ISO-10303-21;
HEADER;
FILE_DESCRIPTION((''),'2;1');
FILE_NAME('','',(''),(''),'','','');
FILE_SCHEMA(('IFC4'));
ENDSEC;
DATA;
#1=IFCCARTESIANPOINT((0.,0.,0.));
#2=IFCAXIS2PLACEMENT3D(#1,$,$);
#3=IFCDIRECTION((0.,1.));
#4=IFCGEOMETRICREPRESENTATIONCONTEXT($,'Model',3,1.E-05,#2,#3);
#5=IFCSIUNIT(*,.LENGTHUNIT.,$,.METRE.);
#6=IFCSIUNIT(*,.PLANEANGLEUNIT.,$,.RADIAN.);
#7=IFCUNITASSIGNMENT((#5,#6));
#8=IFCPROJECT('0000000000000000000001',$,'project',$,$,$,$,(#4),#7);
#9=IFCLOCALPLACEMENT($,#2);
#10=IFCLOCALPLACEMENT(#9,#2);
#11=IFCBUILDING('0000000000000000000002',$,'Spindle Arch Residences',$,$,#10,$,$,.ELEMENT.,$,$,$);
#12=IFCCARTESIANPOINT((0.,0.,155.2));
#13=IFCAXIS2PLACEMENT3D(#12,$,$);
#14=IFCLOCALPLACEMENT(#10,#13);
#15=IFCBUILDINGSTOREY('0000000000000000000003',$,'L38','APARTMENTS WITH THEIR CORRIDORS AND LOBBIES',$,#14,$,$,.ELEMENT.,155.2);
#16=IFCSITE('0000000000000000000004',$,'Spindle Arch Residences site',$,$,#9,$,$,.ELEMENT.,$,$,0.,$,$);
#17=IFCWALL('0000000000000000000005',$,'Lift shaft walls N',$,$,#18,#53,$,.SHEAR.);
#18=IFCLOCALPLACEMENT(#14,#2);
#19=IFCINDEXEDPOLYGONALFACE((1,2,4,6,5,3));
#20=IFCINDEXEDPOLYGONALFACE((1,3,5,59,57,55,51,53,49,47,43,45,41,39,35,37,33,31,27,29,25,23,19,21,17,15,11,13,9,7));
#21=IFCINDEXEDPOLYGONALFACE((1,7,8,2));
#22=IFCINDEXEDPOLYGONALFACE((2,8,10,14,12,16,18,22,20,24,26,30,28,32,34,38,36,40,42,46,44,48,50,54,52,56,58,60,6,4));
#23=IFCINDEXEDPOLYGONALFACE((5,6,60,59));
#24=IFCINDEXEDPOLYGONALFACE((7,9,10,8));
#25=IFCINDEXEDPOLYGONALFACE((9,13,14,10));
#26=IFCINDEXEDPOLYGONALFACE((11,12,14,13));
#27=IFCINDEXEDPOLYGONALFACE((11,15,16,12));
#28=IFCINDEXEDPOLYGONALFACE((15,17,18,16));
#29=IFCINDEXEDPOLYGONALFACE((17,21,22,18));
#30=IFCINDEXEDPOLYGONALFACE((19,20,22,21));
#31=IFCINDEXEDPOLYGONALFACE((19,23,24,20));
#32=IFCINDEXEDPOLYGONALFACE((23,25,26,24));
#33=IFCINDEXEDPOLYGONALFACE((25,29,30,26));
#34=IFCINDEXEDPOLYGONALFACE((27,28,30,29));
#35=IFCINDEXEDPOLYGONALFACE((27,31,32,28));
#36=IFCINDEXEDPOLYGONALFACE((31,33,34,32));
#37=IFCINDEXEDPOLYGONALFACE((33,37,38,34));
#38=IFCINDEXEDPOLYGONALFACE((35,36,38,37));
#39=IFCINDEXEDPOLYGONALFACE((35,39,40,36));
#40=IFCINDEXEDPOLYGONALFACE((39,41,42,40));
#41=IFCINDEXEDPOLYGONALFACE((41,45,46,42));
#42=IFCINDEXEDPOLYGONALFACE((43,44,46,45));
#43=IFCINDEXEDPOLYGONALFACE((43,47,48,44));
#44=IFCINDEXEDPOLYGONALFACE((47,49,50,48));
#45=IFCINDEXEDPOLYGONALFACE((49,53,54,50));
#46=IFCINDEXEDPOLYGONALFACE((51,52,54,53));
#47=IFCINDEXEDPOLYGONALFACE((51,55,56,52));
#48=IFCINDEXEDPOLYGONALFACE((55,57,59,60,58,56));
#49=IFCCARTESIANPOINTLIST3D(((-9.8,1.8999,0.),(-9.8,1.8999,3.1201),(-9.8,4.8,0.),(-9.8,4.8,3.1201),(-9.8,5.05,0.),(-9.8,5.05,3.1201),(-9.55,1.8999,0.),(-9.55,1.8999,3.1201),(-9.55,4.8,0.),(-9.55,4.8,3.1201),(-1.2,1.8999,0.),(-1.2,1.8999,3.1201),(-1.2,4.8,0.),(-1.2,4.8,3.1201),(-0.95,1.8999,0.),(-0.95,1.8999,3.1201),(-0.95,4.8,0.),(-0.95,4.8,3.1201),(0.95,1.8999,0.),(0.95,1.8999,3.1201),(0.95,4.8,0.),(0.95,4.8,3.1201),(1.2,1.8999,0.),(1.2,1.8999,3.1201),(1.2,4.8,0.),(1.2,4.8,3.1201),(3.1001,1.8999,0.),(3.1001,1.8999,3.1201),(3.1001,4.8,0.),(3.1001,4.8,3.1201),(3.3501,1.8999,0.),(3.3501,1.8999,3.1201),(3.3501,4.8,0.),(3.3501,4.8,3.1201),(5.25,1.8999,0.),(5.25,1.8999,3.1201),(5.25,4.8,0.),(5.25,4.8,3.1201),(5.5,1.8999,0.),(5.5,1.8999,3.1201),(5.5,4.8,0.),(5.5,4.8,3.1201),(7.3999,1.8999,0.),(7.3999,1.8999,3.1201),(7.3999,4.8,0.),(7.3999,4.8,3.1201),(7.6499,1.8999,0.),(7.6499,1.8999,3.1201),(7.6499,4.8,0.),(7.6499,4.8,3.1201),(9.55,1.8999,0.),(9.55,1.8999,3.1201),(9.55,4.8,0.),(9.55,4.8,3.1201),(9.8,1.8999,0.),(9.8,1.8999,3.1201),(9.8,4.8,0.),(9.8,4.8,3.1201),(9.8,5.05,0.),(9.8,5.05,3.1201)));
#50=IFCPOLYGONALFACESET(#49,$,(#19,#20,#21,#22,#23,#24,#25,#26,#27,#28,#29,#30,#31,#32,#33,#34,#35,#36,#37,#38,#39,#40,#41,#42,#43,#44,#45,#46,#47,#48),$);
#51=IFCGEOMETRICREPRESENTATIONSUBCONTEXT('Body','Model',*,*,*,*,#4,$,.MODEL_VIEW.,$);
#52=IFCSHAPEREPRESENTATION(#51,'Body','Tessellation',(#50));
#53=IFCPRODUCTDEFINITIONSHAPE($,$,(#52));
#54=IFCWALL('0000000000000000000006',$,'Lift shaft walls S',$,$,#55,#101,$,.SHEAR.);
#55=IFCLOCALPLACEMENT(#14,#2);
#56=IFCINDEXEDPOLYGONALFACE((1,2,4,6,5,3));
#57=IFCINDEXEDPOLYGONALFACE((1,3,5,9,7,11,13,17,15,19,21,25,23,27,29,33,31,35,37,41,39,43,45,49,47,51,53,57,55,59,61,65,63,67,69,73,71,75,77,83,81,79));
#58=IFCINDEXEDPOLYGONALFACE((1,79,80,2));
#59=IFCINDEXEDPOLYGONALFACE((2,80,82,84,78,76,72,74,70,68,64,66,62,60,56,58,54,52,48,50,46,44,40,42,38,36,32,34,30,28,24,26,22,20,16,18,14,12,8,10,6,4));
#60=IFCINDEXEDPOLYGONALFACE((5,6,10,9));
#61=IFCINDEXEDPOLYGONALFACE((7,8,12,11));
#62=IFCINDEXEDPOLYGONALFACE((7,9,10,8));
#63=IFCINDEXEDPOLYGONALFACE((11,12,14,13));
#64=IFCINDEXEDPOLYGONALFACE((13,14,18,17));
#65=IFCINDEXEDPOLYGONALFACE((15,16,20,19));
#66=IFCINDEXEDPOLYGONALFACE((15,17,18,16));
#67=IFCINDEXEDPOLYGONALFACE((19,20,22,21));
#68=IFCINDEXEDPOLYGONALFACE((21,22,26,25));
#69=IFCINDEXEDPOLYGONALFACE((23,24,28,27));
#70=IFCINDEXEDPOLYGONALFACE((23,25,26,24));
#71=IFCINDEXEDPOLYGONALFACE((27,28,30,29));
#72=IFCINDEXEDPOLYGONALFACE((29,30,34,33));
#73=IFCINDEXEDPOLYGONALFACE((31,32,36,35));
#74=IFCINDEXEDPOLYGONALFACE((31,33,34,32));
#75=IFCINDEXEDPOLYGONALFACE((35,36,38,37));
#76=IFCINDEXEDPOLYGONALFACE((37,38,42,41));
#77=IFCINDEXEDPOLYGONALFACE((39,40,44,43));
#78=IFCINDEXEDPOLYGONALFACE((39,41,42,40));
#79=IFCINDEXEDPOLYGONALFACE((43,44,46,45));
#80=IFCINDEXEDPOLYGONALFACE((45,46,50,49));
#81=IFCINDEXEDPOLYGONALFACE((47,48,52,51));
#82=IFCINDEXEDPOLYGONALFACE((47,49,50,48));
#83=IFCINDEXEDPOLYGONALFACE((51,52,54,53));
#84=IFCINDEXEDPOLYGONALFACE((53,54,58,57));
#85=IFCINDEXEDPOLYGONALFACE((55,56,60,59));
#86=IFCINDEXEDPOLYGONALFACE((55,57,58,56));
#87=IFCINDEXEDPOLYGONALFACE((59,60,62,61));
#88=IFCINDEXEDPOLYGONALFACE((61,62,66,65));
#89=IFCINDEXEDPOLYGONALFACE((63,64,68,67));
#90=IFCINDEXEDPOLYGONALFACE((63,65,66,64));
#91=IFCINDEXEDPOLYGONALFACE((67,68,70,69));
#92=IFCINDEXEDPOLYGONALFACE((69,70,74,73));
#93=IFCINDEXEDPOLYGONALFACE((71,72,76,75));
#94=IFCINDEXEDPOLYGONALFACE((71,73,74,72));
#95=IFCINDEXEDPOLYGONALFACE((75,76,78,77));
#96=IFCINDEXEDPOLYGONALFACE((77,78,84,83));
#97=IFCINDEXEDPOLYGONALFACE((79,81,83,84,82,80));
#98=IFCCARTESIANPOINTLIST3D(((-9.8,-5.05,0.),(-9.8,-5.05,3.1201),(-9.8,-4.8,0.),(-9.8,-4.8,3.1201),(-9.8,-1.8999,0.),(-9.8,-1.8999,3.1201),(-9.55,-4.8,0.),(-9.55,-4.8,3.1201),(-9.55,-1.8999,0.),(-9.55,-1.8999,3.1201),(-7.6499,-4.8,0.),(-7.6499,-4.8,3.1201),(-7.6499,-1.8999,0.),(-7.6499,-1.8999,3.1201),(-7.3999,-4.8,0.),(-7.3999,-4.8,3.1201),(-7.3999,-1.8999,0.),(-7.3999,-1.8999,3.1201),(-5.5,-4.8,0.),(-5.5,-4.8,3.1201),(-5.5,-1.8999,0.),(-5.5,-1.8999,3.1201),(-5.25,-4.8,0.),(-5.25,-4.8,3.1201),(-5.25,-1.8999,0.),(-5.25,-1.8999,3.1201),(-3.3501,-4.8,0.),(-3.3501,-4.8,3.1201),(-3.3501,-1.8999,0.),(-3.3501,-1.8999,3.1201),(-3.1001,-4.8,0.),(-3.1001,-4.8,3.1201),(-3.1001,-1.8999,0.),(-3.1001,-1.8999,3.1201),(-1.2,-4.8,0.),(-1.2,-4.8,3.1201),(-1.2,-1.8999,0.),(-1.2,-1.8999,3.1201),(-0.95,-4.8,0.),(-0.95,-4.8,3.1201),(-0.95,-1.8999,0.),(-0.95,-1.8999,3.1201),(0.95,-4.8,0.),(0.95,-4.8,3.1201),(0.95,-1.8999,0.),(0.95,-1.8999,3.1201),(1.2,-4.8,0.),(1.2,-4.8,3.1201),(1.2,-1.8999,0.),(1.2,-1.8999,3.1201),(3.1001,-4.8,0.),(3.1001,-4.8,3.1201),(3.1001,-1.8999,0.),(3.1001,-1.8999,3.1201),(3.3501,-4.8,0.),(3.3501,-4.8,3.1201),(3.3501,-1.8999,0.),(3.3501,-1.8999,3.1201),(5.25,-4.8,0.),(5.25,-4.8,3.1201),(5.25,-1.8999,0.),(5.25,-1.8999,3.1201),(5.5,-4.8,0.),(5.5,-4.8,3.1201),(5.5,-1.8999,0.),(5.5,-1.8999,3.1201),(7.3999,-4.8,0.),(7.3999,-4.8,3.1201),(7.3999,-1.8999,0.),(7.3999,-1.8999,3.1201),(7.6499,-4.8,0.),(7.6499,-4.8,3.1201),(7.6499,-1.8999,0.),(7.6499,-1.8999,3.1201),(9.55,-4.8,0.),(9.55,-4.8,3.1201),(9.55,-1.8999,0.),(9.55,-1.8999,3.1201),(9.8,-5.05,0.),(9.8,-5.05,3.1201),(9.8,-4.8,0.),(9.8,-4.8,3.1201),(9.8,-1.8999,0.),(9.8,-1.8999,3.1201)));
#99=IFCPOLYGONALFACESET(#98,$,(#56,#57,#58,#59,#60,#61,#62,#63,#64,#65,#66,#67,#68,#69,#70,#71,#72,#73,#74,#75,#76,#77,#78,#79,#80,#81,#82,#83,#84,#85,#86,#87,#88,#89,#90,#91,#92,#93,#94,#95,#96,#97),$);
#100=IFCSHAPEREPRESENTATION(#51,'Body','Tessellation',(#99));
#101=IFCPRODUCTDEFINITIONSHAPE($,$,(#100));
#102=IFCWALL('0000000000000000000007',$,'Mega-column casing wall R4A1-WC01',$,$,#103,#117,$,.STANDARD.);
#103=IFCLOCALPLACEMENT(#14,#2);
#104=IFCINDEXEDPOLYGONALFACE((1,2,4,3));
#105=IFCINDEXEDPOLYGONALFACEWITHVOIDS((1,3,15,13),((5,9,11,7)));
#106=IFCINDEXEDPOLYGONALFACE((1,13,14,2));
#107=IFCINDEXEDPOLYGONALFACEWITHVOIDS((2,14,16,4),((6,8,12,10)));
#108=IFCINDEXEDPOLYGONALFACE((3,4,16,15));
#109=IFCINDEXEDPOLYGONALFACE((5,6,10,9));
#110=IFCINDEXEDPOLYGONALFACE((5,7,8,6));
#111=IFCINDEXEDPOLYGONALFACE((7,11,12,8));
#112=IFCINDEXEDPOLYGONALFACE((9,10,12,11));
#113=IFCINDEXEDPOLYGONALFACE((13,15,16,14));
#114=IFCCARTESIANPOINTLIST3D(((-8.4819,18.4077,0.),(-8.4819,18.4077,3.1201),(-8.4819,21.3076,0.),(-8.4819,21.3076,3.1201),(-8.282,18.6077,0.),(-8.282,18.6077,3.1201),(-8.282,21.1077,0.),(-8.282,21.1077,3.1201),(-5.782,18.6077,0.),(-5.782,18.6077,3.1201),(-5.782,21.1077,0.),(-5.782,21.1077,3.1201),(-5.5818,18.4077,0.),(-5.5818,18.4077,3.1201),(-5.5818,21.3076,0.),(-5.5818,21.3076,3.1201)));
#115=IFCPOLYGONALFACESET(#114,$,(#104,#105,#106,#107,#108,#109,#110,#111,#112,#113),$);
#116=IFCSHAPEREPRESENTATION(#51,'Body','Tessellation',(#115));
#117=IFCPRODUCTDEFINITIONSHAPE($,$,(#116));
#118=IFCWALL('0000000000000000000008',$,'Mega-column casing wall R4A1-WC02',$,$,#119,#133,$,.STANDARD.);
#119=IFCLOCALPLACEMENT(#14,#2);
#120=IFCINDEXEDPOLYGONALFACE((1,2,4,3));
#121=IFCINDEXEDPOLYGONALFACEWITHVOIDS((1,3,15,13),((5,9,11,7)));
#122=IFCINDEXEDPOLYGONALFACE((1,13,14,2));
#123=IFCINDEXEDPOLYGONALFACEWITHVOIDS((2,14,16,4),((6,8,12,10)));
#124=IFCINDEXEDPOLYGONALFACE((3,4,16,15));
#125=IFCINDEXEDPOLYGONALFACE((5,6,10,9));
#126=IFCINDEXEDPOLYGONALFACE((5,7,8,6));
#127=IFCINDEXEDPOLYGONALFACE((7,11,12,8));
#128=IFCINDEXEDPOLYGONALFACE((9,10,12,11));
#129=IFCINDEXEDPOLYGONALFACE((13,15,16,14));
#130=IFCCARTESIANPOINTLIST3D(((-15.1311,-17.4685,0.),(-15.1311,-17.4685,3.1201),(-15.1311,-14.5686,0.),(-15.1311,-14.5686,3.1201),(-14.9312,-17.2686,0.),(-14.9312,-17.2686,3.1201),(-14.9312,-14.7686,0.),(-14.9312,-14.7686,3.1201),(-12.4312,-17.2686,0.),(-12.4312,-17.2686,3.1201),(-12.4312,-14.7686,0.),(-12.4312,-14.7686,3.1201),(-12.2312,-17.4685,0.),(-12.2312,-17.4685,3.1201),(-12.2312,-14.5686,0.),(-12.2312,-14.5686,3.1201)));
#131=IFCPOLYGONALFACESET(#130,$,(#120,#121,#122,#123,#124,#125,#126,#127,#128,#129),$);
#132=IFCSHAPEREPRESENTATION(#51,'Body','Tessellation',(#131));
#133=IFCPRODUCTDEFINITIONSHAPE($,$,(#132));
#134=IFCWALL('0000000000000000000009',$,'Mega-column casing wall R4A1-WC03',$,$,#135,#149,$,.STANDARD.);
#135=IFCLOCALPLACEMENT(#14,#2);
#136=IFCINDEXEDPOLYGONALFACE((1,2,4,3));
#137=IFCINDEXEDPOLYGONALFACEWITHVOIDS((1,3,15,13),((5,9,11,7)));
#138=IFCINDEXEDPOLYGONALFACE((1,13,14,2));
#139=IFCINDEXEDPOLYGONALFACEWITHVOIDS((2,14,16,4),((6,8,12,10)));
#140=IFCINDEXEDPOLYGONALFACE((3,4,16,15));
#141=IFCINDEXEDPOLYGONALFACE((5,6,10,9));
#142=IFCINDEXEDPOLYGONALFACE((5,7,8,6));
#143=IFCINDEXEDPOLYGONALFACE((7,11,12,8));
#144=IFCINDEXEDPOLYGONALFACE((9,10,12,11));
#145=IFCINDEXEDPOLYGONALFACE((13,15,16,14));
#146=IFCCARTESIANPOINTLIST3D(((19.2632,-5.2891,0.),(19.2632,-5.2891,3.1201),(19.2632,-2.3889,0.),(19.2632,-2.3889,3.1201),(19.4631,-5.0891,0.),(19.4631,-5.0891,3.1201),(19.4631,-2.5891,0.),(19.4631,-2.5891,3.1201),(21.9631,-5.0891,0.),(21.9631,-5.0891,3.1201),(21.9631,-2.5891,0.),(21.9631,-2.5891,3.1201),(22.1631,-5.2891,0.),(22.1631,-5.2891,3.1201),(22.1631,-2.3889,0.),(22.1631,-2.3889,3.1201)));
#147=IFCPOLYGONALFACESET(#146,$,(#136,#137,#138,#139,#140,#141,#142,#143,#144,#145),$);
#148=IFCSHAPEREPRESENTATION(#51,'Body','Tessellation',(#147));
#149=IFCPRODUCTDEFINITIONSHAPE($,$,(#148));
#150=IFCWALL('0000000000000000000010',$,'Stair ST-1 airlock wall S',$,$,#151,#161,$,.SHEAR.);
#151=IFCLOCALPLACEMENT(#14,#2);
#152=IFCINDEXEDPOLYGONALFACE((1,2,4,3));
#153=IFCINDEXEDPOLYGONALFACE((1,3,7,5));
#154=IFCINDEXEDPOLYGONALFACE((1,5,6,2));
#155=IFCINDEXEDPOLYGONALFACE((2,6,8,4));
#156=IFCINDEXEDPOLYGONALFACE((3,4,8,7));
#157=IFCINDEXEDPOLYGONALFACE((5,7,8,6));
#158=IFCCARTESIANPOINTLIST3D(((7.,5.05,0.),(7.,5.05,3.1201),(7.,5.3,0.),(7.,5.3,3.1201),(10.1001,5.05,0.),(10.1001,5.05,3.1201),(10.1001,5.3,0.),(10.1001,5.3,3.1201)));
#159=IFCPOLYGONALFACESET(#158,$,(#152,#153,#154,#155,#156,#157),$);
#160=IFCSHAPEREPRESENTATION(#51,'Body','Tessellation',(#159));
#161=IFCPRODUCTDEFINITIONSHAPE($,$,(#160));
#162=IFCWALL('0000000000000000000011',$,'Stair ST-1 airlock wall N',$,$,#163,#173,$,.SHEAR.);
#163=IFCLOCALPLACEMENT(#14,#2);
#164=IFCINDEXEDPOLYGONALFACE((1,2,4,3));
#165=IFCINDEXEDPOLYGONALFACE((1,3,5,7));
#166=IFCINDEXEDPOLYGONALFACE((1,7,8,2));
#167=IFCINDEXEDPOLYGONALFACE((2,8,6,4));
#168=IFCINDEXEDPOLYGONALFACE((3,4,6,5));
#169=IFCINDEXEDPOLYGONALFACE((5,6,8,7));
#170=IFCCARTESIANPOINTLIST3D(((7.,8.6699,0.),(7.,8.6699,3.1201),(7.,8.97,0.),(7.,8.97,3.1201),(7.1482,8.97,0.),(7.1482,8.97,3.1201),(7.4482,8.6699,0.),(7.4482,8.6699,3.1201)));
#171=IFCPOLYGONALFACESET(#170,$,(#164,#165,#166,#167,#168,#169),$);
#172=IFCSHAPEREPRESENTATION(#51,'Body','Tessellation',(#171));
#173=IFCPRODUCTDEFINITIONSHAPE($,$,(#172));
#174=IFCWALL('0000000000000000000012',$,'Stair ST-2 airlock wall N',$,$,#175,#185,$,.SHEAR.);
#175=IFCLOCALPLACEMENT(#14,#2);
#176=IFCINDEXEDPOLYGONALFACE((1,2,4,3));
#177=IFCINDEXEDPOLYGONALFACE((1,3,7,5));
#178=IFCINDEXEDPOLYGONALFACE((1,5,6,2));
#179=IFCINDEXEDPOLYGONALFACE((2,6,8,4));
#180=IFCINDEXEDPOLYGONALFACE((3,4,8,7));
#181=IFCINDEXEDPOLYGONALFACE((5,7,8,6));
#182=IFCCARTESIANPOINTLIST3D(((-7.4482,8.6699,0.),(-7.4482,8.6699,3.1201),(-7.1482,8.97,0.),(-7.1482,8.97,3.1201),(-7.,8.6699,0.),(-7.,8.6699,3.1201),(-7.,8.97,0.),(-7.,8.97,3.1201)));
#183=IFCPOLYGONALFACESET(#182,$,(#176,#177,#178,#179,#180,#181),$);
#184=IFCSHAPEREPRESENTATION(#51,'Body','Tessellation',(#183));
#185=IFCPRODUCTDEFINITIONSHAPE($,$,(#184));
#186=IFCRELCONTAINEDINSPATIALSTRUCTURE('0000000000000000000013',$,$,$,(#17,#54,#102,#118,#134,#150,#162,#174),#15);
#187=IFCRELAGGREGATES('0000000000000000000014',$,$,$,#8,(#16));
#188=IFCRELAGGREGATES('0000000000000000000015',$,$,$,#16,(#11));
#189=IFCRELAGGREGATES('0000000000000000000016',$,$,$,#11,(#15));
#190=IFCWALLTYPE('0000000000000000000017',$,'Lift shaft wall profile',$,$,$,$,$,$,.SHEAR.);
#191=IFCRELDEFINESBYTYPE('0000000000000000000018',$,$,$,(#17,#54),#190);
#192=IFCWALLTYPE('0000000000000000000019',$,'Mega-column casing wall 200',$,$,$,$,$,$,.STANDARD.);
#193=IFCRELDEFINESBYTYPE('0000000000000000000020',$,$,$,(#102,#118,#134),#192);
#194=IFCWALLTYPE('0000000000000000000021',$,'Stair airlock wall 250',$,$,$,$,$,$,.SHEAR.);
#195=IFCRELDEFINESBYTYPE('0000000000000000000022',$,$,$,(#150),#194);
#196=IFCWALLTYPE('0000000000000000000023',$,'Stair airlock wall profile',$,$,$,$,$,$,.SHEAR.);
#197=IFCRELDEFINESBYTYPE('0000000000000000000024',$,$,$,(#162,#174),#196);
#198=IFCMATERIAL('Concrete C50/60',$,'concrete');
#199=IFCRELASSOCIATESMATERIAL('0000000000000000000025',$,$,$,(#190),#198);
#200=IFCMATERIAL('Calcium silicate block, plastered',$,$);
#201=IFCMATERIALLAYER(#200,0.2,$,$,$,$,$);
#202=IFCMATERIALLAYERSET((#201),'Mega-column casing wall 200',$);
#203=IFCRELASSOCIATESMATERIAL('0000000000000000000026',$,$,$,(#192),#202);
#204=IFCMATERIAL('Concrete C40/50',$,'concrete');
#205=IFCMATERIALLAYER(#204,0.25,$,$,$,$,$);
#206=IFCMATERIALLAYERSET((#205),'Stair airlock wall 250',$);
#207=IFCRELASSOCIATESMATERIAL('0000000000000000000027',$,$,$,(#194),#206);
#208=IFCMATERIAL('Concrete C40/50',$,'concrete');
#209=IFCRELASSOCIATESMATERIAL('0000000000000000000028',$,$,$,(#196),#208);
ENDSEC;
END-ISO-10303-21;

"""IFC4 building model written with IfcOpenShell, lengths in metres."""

from ifc_helpers import new_model, si_unit, direction, frame, frame_2d, origin, place, context, subcontext, project, spatial, polyline, rectangle, outline, extrude, material, layer, layer_set, type_object, element, save


model = new_model("IFC4")

# Units and contexts
model_context = context("Model", 3, precision=1e-05, world=origin(), true_north=direction((0.0, 1.0)))
body_context = subcontext(model_context, "Body", "Model", "MODEL_VIEW")
ifc_project = project(units=[si_unit("LENGTHUNIT", "METRE"), si_unit("PLANEANGLEUNIT", "RADIAN")], contexts=[model_context])

# Site, building, storey
site_placement = place(None, origin())
site = spatial("IfcSite", under=ifc_project, at=site_placement, Name="Spindle Arch Residences site", CompositionType="ELEMENT", RefElevation=0.0)
building_placement = place(site_placement, origin())
building = spatial("IfcBuilding", under=site, at=building_placement, Name="Spindle Arch Residences", CompositionType="ELEMENT")
storey_placement = place(building_placement, frame((0.0, 0.0, 155.2)))
storey = spatial("IfcBuildingStorey", under=building, at=storey_placement, Name="L38", Description="APARTMENTS WITH THEIR CORRIDORS AND LOBBIES", CompositionType="ELEMENT", Elevation=155.2)

# Walls
ifc_material_1 = material(Name="Concrete C50/60", Category="concrete")
wall_type_1 = type_object("IfcWallType", Name="Lift shaft wall profile", PredefinedType="SHEAR", material=ifc_material_1)
wall_1_placement = place(storey_placement, origin())
element("IfcWall", 1, at=wall_1_placement, inside=storey, type_object=wall_type_1, Name="Lift shaft walls N", PredefinedType="SHEAR", context=body_context, shape_type="SweptSolid", body=[
    extrude(outline(polyline([(-9.55, 4.8), (-1.2, 4.8), (-1.2, 1.8999), (-0.95, 1.8999), (-0.95, 4.8), (0.95, 4.8), (0.95, 1.8999), (1.2, 1.8999), (1.2, 4.8), (3.1001, 4.8), (3.1001, 1.8999), (3.3501, 1.8999), (3.3501, 4.8), (5.25, 4.8), (5.25, 1.8999), (5.5, 1.8999), (5.5, 4.8), (7.3999, 4.8), (7.3999, 1.8999), (7.6499, 1.8999), (7.6499, 4.8), (9.55, 4.8), (9.55, 1.8999), (9.8, 1.8999), (9.8, 4.8), (9.8, 5.05), (-9.8, 5.05), (-9.8, 4.8), (-9.8, 1.8999), (-9.55, 1.8999), (-9.55, 4.8)])), origin(), (0.0, 0.0, 1.0), 3.1201),
])
wall_2_placement = place(storey_placement, origin())
element("IfcWall", 2, at=wall_2_placement, inside=storey, type_object=wall_type_1, Name="Lift shaft walls S", PredefinedType="SHEAR", context=body_context, shape_type="SweptSolid", body=[
    extrude(outline(polyline([(9.8, -5.05), (9.8, -4.8), (9.8, -1.8999), (9.55, -1.8999), (9.55, -4.8), (7.6499, -4.8), (7.6499, -1.8999), (7.3999, -1.8999), (7.3999, -4.8), (5.5, -4.8), (5.5, -1.8999), (5.25, -1.8999), (5.25, -4.8), (3.3501, -4.8), (3.3501, -1.8999), (3.1001, -1.8999), (3.1001, -4.8), (1.2, -4.8), (1.2, -1.8999), (0.95, -1.8999), (0.95, -4.8), (-0.95, -4.8), (-0.95, -1.8999), (-1.2, -1.8999), (-1.2, -4.8), (-3.1001, -4.8), (-3.1001, -1.8999), (-3.3501, -1.8999), (-3.3501, -4.8), (-5.25, -4.8), (-5.25, -1.8999), (-5.5, -1.8999), (-5.5, -4.8), (-7.3999, -4.8), (-7.3999, -1.8999), (-7.6499, -1.8999), (-7.6499, -4.8), (-9.55, -4.8), (-9.55, -1.8999), (-9.8, -1.8999), (-9.8, -4.8), (-9.8, -5.05), (9.8, -5.05)])), origin(), (0.0, 0.0, 1.0), 3.1201),
])
ifc_material_2 = material(Name="Calcium silicate block, plastered")
ifc_layer_1 = layer(ifc_material_2, 0.2)
ifc_layer_set_1 = layer_set([ifc_layer_1], Name="Mega-column casing wall 200")
wall_type_2 = type_object("IfcWallType", Name="Mega-column casing wall 200", PredefinedType="STANDARD", material=ifc_layer_set_1)
wall_3_placement = place(storey_placement, origin())
element("IfcWall", 3, at=wall_3_placement, inside=storey, type_object=wall_type_2, Name="Mega-column casing wall R4A1-WC01", PredefinedType="STANDARD", context=body_context, shape_type="SweptSolid", body=[
    extrude(outline(polyline([(-5.5818, 21.3076), (-5.5818, 18.4077), (-8.4819, 18.4077), (-8.4819, 21.3076), (-5.5818, 21.3076)]), holes=[polyline([(-8.282, 18.6077), (-5.782, 18.6077), (-5.782, 21.1077), (-8.282, 21.1077), (-8.282, 18.6077)])]), origin(), (0.0, 0.0, 1.0), 3.1201),
])
wall_4_placement = place(storey_placement, origin())
element("IfcWall", 4, at=wall_4_placement, inside=storey, type_object=wall_type_2, Name="Mega-column casing wall R4A1-WC02", PredefinedType="STANDARD", context=body_context, shape_type="SweptSolid", body=[
    extrude(outline(polyline([(-12.2312, -14.5686), (-12.2312, -17.4685), (-15.1311, -17.4685), (-15.1311, -14.5686), (-12.2312, -14.5686)]), holes=[polyline([(-14.9312, -17.2686), (-12.4312, -17.2686), (-12.4312, -14.7686), (-14.9312, -14.7686), (-14.9312, -17.2686)])]), origin(), (0.0, 0.0, 1.0), 3.1201),
])
wall_5_placement = place(storey_placement, origin())
element("IfcWall", 5, at=wall_5_placement, inside=storey, type_object=wall_type_2, Name="Mega-column casing wall R4A1-WC03", PredefinedType="STANDARD", context=body_context, shape_type="SweptSolid", body=[
    extrude(outline(polyline([(22.1631, -2.3889), (22.1631, -5.2891), (19.2632, -5.2891), (19.2632, -2.3889), (22.1631, -2.3889)]), holes=[polyline([(19.4631, -5.0891), (21.9631, -5.0891), (21.9631, -2.5891), (19.4631, -2.5891), (19.4631, -5.0891)])]), origin(), (0.0, 0.0, 1.0), 3.1201),
])
ifc_material_3 = material(Name="Concrete C40/50", Category="concrete")
ifc_layer_2 = layer(ifc_material_3, 0.25)
ifc_layer_set_2 = layer_set([ifc_layer_2], Name="Stair airlock wall 250")
wall_type_3 = type_object("IfcWallType", Name="Stair airlock wall 250", PredefinedType="SHEAR", material=ifc_layer_set_2)
wall_6_placement = place(storey_placement, frame((7.0, 5.175, 0.0), z_axis=(0.0, 0.0, 1.0), x_axis=(1.0, 0.0, 0.0)))
element("IfcWall", 6, at=wall_6_placement, inside=storey, type_object=wall_type_3, Name="Stair ST-1 airlock wall S", PredefinedType="SHEAR", context=body_context, shape_type="SweptSolid", body=[
    extrude(rectangle(XDim=3.1001, YDim=0.25, at=frame_2d((1.55, 0.0))), origin(), (0.0, 0.0, 1.0), 3.1201),
])
ifc_material_4 = material(Name="Concrete C40/50", Category="concrete")
wall_type_4 = type_object("IfcWallType", Name="Stair airlock wall profile", PredefinedType="SHEAR", material=ifc_material_4)
wall_7_placement = place(storey_placement, origin())
element("IfcWall", 7, at=wall_7_placement, inside=storey, type_object=wall_type_4, Name="Stair ST-1 airlock wall N", PredefinedType="SHEAR", context=body_context, shape_type="SweptSolid", body=[
    extrude(outline(polyline([(7.4482, 8.6699), (7.0, 8.6699), (7.0, 8.97), (7.1482, 8.97), (7.4482, 8.6699)])), origin(), (0.0, 0.0, 1.0), 3.1201),
])
wall_8_placement = place(storey_placement, origin())
element("IfcWall", 8, at=wall_8_placement, inside=storey, type_object=wall_type_4, Name="Stair ST-2 airlock wall N", PredefinedType="SHEAR", context=body_context, shape_type="SweptSolid", body=[
    extrude(outline(polyline([(-7.1482, 8.97), (-7.0, 8.97), (-7.0, 8.6699), (-7.4482, 8.6699), (-7.1482, 8.97)])), origin(), (0.0, 0.0, 1.0), 3.1201),
])

save(model, "model.ifc")
